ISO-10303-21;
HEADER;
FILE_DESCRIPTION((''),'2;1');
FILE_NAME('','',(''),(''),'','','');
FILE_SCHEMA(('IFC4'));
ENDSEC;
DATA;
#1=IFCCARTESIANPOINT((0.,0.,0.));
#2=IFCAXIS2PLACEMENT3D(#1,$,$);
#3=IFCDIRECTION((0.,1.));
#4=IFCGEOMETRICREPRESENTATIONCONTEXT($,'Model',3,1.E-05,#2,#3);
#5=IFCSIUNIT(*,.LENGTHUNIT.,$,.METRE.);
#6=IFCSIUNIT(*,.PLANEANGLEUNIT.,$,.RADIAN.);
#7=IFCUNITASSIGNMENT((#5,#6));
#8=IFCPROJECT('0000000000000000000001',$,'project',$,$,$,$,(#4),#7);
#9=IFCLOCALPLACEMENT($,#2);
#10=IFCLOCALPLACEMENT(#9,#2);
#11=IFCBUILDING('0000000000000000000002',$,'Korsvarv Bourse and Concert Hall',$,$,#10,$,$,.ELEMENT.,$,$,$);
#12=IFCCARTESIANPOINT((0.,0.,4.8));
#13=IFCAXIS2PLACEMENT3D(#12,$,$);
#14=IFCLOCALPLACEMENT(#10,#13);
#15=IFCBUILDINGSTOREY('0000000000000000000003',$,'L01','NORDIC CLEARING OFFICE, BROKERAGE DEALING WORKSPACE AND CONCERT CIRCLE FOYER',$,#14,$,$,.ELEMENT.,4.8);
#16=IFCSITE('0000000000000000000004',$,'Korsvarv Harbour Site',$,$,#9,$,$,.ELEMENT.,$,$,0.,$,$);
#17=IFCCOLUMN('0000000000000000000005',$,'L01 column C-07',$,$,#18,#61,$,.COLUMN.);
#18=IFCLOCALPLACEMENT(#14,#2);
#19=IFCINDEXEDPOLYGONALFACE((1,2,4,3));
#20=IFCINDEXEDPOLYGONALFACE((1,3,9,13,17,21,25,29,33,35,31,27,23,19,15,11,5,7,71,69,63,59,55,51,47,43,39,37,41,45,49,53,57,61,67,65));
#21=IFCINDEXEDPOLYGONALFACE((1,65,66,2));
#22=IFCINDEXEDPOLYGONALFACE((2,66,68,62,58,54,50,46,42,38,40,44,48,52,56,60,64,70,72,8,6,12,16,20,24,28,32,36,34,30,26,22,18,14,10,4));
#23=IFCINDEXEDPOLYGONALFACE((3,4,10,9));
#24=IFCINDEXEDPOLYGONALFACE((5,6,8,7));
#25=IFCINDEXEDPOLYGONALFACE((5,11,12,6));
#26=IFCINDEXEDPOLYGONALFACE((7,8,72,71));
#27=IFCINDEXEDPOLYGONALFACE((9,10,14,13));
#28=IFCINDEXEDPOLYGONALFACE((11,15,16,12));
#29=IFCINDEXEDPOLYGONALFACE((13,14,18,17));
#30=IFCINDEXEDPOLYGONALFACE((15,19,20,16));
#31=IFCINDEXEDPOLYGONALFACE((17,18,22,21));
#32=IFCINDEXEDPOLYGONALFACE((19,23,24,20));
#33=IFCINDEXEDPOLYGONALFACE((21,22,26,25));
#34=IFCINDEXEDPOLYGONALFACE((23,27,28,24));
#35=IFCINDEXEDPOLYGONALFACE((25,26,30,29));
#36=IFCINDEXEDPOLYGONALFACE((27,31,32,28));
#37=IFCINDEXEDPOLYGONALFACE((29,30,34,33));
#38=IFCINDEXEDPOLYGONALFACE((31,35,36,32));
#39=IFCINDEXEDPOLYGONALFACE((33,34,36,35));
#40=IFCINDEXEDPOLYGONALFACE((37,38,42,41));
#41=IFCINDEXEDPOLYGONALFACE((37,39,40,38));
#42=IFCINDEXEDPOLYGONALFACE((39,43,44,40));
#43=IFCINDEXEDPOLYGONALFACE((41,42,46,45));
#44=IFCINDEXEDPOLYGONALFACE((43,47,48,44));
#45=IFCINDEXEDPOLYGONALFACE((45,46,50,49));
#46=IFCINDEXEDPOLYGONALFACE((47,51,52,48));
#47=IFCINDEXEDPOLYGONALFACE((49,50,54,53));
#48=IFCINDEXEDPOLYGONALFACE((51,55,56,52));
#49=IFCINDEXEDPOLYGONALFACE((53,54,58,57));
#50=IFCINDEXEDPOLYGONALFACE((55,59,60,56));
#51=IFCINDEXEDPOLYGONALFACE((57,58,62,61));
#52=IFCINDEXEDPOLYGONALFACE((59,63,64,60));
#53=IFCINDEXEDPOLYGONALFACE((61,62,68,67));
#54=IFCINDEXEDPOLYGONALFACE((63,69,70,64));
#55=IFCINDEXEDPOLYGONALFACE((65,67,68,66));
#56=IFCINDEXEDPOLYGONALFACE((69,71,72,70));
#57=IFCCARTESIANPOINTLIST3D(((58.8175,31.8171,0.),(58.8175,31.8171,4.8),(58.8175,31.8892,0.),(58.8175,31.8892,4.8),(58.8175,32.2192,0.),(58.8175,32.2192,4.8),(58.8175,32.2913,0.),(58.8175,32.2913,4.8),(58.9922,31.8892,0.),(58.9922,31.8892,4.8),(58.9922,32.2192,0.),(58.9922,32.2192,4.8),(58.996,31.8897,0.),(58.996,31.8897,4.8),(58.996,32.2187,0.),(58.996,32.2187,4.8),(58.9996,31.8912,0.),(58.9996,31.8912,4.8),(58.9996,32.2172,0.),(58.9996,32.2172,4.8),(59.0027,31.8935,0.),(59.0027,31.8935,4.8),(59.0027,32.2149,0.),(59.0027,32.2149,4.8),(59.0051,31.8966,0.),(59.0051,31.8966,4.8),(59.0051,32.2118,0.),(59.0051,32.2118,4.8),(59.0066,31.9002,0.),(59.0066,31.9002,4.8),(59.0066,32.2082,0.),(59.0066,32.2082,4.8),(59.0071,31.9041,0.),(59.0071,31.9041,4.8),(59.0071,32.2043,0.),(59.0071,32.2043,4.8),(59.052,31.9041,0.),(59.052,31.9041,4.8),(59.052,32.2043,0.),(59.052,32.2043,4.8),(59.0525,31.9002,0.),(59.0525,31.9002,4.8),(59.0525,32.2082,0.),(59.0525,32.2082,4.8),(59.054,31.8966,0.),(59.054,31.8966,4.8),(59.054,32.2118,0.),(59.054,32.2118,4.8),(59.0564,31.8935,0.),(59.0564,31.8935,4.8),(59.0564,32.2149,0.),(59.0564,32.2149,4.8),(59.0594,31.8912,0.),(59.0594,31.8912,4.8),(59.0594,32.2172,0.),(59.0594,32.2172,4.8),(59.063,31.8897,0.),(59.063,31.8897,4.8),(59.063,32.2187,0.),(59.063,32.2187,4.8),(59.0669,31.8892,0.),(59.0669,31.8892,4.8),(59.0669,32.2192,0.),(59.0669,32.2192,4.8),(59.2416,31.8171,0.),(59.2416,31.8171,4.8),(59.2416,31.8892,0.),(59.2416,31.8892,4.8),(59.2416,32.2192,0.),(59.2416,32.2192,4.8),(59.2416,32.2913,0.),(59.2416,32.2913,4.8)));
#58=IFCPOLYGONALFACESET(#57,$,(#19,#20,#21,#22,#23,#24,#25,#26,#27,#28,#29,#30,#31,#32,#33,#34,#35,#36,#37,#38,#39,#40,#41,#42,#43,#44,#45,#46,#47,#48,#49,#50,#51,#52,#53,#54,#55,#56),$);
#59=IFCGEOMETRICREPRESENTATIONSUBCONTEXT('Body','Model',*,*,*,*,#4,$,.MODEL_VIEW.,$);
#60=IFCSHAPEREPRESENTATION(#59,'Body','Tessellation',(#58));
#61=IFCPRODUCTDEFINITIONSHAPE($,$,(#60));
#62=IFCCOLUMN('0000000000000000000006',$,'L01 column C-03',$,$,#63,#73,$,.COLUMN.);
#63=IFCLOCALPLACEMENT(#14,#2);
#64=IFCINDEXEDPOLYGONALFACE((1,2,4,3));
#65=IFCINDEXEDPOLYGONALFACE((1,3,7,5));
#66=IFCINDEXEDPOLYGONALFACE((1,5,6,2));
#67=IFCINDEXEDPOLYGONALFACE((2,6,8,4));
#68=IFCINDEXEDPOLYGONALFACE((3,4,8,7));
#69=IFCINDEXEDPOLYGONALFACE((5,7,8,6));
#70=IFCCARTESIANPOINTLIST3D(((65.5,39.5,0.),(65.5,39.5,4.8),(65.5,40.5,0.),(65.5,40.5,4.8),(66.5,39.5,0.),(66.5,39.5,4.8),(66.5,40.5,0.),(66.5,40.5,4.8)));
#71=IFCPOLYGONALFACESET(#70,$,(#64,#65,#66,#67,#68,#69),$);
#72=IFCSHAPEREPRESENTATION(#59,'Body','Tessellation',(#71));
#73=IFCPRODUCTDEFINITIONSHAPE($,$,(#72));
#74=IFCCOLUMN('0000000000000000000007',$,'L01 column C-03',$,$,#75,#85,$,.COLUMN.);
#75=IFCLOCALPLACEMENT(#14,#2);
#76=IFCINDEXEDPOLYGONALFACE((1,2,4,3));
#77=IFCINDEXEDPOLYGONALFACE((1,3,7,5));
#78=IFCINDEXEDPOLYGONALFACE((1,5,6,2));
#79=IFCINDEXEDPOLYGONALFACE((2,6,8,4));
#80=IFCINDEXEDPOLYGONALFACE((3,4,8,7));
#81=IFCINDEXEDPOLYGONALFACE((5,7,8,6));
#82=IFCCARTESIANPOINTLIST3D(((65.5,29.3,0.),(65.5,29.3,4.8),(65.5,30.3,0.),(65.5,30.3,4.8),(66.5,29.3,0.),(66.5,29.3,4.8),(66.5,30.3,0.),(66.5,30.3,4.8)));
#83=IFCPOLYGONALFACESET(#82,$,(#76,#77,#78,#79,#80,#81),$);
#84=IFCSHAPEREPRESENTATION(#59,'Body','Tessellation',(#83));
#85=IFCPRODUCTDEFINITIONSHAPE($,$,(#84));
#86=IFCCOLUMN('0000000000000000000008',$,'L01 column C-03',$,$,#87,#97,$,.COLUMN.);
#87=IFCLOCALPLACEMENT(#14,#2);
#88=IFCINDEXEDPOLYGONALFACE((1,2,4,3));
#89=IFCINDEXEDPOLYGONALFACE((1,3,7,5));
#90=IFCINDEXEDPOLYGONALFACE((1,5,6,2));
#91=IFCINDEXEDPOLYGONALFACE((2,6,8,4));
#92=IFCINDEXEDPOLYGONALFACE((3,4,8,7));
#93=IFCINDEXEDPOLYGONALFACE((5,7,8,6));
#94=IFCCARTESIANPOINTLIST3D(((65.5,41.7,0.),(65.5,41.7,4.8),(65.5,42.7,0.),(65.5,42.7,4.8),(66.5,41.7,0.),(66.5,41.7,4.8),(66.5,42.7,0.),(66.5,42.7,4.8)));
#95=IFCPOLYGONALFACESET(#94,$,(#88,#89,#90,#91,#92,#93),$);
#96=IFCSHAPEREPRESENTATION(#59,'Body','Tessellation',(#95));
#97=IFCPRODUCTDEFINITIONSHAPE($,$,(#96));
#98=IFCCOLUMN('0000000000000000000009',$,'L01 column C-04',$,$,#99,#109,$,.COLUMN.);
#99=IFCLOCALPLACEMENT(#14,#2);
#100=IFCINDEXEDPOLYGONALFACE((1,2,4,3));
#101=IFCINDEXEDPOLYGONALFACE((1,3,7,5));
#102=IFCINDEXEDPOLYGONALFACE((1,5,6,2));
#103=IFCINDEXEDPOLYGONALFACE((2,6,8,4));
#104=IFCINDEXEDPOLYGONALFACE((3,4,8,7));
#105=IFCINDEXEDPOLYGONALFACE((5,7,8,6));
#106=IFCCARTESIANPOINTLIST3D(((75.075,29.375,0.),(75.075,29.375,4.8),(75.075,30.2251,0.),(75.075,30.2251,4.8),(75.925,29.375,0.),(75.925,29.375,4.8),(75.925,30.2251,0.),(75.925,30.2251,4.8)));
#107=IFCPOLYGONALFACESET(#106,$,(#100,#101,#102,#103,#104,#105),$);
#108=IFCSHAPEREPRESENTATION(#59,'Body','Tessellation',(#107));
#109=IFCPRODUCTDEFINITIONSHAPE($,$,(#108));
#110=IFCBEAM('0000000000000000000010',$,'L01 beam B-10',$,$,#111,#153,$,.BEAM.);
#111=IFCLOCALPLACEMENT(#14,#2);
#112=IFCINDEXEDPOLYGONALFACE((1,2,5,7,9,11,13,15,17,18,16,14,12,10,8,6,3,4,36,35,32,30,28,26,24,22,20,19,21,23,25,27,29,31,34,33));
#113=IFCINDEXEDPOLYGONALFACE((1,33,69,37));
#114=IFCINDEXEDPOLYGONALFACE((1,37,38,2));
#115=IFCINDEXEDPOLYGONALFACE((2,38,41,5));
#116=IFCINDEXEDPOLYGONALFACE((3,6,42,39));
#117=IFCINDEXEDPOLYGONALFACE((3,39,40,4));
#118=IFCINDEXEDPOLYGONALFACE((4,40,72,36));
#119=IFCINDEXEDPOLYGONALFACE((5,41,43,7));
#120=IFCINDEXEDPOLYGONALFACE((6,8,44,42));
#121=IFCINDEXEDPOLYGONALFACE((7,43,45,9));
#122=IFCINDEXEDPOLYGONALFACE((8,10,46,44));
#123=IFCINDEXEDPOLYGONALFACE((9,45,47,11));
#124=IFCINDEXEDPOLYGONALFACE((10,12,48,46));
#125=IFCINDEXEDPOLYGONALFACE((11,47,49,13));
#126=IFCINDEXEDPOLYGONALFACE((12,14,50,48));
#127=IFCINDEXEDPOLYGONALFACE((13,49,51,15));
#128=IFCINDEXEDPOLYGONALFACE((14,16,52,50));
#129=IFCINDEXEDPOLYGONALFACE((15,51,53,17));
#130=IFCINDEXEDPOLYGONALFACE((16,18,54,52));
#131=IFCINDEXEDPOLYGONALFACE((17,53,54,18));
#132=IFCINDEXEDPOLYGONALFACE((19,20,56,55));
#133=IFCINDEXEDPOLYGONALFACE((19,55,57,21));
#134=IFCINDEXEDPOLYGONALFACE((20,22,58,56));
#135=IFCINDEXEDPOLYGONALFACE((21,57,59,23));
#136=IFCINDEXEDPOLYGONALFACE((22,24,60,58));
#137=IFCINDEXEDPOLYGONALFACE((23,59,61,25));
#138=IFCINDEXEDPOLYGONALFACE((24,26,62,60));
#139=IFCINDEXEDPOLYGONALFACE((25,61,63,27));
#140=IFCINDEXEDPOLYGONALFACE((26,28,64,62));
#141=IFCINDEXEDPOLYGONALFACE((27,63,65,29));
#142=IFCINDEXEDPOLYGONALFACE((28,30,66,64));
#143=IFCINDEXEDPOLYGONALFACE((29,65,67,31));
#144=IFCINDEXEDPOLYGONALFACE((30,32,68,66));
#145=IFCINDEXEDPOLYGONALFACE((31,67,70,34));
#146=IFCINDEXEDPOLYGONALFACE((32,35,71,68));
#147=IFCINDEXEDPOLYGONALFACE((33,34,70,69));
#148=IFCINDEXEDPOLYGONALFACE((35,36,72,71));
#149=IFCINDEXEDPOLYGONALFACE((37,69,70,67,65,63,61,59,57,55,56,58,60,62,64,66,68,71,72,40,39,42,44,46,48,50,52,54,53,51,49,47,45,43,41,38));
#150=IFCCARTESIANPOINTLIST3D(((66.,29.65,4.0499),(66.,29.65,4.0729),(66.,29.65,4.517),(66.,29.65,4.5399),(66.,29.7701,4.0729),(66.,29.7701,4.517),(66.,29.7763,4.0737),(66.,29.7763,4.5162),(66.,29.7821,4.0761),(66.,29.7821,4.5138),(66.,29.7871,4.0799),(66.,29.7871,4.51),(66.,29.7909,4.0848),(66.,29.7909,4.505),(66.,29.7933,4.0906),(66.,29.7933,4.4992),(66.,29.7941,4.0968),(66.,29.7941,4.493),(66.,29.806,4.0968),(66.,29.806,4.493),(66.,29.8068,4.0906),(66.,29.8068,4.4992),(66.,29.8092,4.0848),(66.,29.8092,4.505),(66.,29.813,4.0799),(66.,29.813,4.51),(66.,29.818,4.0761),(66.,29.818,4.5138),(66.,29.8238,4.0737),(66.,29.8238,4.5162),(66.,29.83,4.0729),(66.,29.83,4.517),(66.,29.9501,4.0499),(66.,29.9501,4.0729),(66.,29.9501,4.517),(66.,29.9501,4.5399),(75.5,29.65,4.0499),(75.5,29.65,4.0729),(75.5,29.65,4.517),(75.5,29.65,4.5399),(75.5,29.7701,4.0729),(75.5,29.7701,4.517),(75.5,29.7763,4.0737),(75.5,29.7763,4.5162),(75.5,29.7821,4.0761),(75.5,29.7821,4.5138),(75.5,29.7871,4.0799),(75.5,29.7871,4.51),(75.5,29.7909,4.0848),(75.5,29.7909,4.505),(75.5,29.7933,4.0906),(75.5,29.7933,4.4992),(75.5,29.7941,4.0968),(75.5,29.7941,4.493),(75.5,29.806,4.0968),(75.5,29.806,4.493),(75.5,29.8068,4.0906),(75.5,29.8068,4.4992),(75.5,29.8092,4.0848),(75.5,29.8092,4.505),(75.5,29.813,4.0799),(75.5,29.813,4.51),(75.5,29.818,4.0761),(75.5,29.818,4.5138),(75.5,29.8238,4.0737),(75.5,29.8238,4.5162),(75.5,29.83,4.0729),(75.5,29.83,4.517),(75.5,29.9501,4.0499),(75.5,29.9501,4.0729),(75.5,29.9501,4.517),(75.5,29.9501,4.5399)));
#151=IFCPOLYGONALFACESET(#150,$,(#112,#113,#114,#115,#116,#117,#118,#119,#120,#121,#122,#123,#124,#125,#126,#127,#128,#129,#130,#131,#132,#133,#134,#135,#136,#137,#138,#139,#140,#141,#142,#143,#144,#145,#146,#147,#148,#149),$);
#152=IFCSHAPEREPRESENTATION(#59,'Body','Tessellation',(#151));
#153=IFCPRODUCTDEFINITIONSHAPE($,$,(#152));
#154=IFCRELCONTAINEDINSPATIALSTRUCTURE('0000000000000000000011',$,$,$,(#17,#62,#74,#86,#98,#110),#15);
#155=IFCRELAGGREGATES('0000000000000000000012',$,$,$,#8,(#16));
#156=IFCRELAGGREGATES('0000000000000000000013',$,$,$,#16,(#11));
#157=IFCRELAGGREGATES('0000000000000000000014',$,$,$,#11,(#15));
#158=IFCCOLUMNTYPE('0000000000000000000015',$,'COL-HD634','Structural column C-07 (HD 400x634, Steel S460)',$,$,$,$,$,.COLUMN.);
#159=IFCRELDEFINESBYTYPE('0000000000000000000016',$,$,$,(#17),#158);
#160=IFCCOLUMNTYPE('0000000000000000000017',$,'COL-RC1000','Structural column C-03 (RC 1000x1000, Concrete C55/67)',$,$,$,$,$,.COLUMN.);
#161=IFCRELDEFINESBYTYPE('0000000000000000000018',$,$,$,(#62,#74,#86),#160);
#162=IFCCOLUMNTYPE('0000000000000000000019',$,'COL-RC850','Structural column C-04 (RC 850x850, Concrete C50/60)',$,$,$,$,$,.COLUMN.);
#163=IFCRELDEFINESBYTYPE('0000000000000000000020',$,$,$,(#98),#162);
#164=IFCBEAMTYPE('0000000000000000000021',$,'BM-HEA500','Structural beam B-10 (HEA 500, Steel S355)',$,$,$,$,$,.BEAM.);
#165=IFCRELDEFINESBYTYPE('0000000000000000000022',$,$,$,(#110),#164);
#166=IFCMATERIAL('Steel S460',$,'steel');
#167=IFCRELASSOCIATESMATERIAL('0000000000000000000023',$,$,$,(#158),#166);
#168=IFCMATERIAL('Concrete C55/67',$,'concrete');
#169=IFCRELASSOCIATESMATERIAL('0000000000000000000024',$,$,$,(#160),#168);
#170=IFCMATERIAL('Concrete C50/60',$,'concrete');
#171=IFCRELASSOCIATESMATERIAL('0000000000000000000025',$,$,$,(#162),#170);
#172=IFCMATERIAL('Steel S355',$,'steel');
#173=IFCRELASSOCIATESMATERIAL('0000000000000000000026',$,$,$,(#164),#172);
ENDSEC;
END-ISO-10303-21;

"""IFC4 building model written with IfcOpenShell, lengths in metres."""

from ifc_helpers import new_model, si_unit, direction, frame, origin, origin_2d, place, context, subcontext, project, spatial, rectangle, i_section, extrude, source, transform, mapped, material, material_profile, profile_set, type_object, element, save


model = new_model("IFC4")

# Units and contexts
model_context = context("Model", 3, precision=1e-05, world=origin(), true_north=direction((0.0, 1.0)))
body_context = subcontext(model_context, "Body", "Model", "MODEL_VIEW")
ifc_project = project(units=[si_unit("LENGTHUNIT", "METRE"), si_unit("PLANEANGLEUNIT", "RADIAN")], contexts=[model_context])

# Site, building, storey
site_placement = place(None, origin())
site = spatial("IfcSite", under=ifc_project, at=site_placement, Name="Korsvarv Harbour Site", CompositionType="ELEMENT", RefElevation=0.0)
building_placement = place(site_placement, origin())
building = spatial("IfcBuilding", under=site, at=building_placement, Name="Korsvarv Bourse and Concert Hall", CompositionType="ELEMENT")
storey_placement = place(building_placement, frame((0.0, 0.0, 4.8)))
storey = spatial("IfcBuildingStorey", under=building, at=storey_placement, Name="L01", Description="NORDIC CLEARING OFFICE, BROKERAGE DEALING WORKSPACE AND CONCERT CIRCLE FOYER", CompositionType="ELEMENT", Elevation=4.8)

# Columns
ifc_material_1 = material(Name="Steel S460", Category="steel")
ifc_material_profile_1 = material_profile(ifc_material_1, i_section(OverallWidth=0.4241, OverallDepth=0.4741, WebThickness=0.0449, FlangeThickness=0.072, FilletRadius=0.0149, at=origin_2d()), Name="HD 400x634")
ifc_profile_set_1 = profile_set([ifc_material_profile_1], Name="Steel S460")
column_type_1 = type_object("IfcColumnType", Name="COL-HD634", Description="Structural column C-07 (HD 400x634, Steel S460)", PredefinedType="COLUMN", material=ifc_profile_set_1)
shared_shape_1 = source(origin(), body_context, "Body", "SweptSolid", [
    extrude(i_section(OverallWidth=0.4241, OverallDepth=0.4741, WebThickness=0.0449, FlangeThickness=0.072, FilletRadius=0.0149, at=origin_2d()), origin(), (0.0, 0.0, 1.0), 4.8),
])
column_1_placement = place(storey_placement, frame((59.0295, 32.0542, 0.0), z_axis=(0.0, 0.0, 1.0), x_axis=(1.0, 0.0, 0.0)))
element("IfcColumn", 1, at=column_1_placement, inside=storey, type_object=column_type_1, Name="L01 column C-07", PredefinedType="COLUMN", context=body_context, shape_type="MappedRepresentation", body=[
    mapped(shared_shape_1, transform((0.0, 0.0, 0.0), scale=1.0)),
])
ifc_material_2 = material(Name="Concrete C55/67", Category="concrete")
ifc_material_profile_2 = material_profile(ifc_material_2, rectangle(XDim=1.0, YDim=1.0, at=origin_2d()), Name="RC 1000x1000")
ifc_profile_set_2 = profile_set([ifc_material_profile_2], Name="Concrete C55/67")
column_type_2 = type_object("IfcColumnType", Name="COL-RC1000", Description="Structural column C-03 (RC 1000x1000, Concrete C55/67)", PredefinedType="COLUMN", material=ifc_profile_set_2)
shared_shape_2 = source(origin(), body_context, "Body", "SweptSolid", [
    extrude(rectangle(XDim=1.0, YDim=1.0, at=origin_2d()), origin(), (0.0, 0.0, 1.0), 4.8),
])
for number, where, z_axis, x_axis, name in (
    (2, (66.0, 40.0, 0.0), (0.0, 0.0, 1.0), (1.0, 0.0, 0.0), "L01 column C-03"),
    (3, (66.0, 29.8, 0.0), (0.0, 0.0, 1.0), (1.0, 0.0, 0.0), "L01 column C-03"),
    (4, (66.0, 42.2, 0.0), (0.0, 0.0, 1.0), (1.0, 0.0, 0.0), "L01 column C-03"),
):
    element("IfcColumn", number, at=place(storey_placement, frame(where, z_axis=z_axis, x_axis=x_axis)), inside=storey, type_object=column_type_2, Name=name, PredefinedType="COLUMN", context=body_context, shape_type="MappedRepresentation", body=[
        mapped(shared_shape_2, transform((0.0, 0.0, 0.0), scale=1.0)),
    ])
ifc_material_3 = material(Name="Concrete C50/60", Category="concrete")
ifc_material_profile_3 = material_profile(ifc_material_3, rectangle(XDim=0.8501, YDim=0.8501, at=origin_2d()), Name="RC 850x850")
ifc_profile_set_3 = profile_set([ifc_material_profile_3], Name="Concrete C50/60")
column_type_3 = type_object("IfcColumnType", Name="COL-RC850", Description="Structural column C-04 (RC 850x850, Concrete C50/60)", PredefinedType="COLUMN", material=ifc_profile_set_3)
shared_shape_3 = source(origin(), body_context, "Body", "SweptSolid", [
    extrude(rectangle(XDim=0.8501, YDim=0.8501, at=origin_2d()), origin(), (0.0, 0.0, 1.0), 4.8),
])
column_2_placement = place(storey_placement, frame((75.5, 29.8, 0.0), z_axis=(0.0, 0.0, 1.0), x_axis=(1.0, 0.0, 0.0)))
element("IfcColumn", 5, at=column_2_placement, inside=storey, type_object=column_type_3, Name="L01 column C-04", PredefinedType="COLUMN", context=body_context, shape_type="MappedRepresentation", body=[
    mapped(shared_shape_3, transform((0.0, 0.0, 0.0), scale=1.0)),
])

# Beam
ifc_material_4 = material(Name="Steel S355", Category="steel")
ifc_material_profile_4 = material_profile(ifc_material_4, i_section(OverallWidth=0.3, OverallDepth=0.49, WebThickness=0.012, FlangeThickness=0.0229, FilletRadius=0.0239, at=origin_2d()), Name="HEA 500")
ifc_profile_set_4 = profile_set([ifc_material_profile_4], Name="Steel S355")
beam_type_1 = type_object("IfcBeamType", Name="BM-HEA500", Description="Structural beam B-10 (HEA 500, Steel S355)", PredefinedType="BEAM", material=ifc_profile_set_4)
shared_shape_4 = source(origin(), body_context, "Body", "SweptSolid", [
    extrude(i_section(OverallWidth=0.3, OverallDepth=0.49, WebThickness=0.012, FlangeThickness=0.0229, FilletRadius=0.0239, at=origin_2d()), origin(), (0.0, 0.0, 1.0), 9.5),
])
for number, where, z_axis, x_axis, name in (
    (6, (66.0, 29.8, 4.2949), (1.0, 0.0, 0.0), (0.0, 1.0, 0.0), "L01 beam B-10"),
):
    element("IfcBeam", number, at=place(storey_placement, frame(where, z_axis=z_axis, x_axis=x_axis)), inside=storey, type_object=beam_type_1, Name=name, PredefinedType="BEAM", context=body_context, shape_type="MappedRepresentation", body=[
        mapped(shared_shape_4, transform((0.0, 0.0, 0.0), scale=1.0)),
    ])

save(model, "model.ifc")
